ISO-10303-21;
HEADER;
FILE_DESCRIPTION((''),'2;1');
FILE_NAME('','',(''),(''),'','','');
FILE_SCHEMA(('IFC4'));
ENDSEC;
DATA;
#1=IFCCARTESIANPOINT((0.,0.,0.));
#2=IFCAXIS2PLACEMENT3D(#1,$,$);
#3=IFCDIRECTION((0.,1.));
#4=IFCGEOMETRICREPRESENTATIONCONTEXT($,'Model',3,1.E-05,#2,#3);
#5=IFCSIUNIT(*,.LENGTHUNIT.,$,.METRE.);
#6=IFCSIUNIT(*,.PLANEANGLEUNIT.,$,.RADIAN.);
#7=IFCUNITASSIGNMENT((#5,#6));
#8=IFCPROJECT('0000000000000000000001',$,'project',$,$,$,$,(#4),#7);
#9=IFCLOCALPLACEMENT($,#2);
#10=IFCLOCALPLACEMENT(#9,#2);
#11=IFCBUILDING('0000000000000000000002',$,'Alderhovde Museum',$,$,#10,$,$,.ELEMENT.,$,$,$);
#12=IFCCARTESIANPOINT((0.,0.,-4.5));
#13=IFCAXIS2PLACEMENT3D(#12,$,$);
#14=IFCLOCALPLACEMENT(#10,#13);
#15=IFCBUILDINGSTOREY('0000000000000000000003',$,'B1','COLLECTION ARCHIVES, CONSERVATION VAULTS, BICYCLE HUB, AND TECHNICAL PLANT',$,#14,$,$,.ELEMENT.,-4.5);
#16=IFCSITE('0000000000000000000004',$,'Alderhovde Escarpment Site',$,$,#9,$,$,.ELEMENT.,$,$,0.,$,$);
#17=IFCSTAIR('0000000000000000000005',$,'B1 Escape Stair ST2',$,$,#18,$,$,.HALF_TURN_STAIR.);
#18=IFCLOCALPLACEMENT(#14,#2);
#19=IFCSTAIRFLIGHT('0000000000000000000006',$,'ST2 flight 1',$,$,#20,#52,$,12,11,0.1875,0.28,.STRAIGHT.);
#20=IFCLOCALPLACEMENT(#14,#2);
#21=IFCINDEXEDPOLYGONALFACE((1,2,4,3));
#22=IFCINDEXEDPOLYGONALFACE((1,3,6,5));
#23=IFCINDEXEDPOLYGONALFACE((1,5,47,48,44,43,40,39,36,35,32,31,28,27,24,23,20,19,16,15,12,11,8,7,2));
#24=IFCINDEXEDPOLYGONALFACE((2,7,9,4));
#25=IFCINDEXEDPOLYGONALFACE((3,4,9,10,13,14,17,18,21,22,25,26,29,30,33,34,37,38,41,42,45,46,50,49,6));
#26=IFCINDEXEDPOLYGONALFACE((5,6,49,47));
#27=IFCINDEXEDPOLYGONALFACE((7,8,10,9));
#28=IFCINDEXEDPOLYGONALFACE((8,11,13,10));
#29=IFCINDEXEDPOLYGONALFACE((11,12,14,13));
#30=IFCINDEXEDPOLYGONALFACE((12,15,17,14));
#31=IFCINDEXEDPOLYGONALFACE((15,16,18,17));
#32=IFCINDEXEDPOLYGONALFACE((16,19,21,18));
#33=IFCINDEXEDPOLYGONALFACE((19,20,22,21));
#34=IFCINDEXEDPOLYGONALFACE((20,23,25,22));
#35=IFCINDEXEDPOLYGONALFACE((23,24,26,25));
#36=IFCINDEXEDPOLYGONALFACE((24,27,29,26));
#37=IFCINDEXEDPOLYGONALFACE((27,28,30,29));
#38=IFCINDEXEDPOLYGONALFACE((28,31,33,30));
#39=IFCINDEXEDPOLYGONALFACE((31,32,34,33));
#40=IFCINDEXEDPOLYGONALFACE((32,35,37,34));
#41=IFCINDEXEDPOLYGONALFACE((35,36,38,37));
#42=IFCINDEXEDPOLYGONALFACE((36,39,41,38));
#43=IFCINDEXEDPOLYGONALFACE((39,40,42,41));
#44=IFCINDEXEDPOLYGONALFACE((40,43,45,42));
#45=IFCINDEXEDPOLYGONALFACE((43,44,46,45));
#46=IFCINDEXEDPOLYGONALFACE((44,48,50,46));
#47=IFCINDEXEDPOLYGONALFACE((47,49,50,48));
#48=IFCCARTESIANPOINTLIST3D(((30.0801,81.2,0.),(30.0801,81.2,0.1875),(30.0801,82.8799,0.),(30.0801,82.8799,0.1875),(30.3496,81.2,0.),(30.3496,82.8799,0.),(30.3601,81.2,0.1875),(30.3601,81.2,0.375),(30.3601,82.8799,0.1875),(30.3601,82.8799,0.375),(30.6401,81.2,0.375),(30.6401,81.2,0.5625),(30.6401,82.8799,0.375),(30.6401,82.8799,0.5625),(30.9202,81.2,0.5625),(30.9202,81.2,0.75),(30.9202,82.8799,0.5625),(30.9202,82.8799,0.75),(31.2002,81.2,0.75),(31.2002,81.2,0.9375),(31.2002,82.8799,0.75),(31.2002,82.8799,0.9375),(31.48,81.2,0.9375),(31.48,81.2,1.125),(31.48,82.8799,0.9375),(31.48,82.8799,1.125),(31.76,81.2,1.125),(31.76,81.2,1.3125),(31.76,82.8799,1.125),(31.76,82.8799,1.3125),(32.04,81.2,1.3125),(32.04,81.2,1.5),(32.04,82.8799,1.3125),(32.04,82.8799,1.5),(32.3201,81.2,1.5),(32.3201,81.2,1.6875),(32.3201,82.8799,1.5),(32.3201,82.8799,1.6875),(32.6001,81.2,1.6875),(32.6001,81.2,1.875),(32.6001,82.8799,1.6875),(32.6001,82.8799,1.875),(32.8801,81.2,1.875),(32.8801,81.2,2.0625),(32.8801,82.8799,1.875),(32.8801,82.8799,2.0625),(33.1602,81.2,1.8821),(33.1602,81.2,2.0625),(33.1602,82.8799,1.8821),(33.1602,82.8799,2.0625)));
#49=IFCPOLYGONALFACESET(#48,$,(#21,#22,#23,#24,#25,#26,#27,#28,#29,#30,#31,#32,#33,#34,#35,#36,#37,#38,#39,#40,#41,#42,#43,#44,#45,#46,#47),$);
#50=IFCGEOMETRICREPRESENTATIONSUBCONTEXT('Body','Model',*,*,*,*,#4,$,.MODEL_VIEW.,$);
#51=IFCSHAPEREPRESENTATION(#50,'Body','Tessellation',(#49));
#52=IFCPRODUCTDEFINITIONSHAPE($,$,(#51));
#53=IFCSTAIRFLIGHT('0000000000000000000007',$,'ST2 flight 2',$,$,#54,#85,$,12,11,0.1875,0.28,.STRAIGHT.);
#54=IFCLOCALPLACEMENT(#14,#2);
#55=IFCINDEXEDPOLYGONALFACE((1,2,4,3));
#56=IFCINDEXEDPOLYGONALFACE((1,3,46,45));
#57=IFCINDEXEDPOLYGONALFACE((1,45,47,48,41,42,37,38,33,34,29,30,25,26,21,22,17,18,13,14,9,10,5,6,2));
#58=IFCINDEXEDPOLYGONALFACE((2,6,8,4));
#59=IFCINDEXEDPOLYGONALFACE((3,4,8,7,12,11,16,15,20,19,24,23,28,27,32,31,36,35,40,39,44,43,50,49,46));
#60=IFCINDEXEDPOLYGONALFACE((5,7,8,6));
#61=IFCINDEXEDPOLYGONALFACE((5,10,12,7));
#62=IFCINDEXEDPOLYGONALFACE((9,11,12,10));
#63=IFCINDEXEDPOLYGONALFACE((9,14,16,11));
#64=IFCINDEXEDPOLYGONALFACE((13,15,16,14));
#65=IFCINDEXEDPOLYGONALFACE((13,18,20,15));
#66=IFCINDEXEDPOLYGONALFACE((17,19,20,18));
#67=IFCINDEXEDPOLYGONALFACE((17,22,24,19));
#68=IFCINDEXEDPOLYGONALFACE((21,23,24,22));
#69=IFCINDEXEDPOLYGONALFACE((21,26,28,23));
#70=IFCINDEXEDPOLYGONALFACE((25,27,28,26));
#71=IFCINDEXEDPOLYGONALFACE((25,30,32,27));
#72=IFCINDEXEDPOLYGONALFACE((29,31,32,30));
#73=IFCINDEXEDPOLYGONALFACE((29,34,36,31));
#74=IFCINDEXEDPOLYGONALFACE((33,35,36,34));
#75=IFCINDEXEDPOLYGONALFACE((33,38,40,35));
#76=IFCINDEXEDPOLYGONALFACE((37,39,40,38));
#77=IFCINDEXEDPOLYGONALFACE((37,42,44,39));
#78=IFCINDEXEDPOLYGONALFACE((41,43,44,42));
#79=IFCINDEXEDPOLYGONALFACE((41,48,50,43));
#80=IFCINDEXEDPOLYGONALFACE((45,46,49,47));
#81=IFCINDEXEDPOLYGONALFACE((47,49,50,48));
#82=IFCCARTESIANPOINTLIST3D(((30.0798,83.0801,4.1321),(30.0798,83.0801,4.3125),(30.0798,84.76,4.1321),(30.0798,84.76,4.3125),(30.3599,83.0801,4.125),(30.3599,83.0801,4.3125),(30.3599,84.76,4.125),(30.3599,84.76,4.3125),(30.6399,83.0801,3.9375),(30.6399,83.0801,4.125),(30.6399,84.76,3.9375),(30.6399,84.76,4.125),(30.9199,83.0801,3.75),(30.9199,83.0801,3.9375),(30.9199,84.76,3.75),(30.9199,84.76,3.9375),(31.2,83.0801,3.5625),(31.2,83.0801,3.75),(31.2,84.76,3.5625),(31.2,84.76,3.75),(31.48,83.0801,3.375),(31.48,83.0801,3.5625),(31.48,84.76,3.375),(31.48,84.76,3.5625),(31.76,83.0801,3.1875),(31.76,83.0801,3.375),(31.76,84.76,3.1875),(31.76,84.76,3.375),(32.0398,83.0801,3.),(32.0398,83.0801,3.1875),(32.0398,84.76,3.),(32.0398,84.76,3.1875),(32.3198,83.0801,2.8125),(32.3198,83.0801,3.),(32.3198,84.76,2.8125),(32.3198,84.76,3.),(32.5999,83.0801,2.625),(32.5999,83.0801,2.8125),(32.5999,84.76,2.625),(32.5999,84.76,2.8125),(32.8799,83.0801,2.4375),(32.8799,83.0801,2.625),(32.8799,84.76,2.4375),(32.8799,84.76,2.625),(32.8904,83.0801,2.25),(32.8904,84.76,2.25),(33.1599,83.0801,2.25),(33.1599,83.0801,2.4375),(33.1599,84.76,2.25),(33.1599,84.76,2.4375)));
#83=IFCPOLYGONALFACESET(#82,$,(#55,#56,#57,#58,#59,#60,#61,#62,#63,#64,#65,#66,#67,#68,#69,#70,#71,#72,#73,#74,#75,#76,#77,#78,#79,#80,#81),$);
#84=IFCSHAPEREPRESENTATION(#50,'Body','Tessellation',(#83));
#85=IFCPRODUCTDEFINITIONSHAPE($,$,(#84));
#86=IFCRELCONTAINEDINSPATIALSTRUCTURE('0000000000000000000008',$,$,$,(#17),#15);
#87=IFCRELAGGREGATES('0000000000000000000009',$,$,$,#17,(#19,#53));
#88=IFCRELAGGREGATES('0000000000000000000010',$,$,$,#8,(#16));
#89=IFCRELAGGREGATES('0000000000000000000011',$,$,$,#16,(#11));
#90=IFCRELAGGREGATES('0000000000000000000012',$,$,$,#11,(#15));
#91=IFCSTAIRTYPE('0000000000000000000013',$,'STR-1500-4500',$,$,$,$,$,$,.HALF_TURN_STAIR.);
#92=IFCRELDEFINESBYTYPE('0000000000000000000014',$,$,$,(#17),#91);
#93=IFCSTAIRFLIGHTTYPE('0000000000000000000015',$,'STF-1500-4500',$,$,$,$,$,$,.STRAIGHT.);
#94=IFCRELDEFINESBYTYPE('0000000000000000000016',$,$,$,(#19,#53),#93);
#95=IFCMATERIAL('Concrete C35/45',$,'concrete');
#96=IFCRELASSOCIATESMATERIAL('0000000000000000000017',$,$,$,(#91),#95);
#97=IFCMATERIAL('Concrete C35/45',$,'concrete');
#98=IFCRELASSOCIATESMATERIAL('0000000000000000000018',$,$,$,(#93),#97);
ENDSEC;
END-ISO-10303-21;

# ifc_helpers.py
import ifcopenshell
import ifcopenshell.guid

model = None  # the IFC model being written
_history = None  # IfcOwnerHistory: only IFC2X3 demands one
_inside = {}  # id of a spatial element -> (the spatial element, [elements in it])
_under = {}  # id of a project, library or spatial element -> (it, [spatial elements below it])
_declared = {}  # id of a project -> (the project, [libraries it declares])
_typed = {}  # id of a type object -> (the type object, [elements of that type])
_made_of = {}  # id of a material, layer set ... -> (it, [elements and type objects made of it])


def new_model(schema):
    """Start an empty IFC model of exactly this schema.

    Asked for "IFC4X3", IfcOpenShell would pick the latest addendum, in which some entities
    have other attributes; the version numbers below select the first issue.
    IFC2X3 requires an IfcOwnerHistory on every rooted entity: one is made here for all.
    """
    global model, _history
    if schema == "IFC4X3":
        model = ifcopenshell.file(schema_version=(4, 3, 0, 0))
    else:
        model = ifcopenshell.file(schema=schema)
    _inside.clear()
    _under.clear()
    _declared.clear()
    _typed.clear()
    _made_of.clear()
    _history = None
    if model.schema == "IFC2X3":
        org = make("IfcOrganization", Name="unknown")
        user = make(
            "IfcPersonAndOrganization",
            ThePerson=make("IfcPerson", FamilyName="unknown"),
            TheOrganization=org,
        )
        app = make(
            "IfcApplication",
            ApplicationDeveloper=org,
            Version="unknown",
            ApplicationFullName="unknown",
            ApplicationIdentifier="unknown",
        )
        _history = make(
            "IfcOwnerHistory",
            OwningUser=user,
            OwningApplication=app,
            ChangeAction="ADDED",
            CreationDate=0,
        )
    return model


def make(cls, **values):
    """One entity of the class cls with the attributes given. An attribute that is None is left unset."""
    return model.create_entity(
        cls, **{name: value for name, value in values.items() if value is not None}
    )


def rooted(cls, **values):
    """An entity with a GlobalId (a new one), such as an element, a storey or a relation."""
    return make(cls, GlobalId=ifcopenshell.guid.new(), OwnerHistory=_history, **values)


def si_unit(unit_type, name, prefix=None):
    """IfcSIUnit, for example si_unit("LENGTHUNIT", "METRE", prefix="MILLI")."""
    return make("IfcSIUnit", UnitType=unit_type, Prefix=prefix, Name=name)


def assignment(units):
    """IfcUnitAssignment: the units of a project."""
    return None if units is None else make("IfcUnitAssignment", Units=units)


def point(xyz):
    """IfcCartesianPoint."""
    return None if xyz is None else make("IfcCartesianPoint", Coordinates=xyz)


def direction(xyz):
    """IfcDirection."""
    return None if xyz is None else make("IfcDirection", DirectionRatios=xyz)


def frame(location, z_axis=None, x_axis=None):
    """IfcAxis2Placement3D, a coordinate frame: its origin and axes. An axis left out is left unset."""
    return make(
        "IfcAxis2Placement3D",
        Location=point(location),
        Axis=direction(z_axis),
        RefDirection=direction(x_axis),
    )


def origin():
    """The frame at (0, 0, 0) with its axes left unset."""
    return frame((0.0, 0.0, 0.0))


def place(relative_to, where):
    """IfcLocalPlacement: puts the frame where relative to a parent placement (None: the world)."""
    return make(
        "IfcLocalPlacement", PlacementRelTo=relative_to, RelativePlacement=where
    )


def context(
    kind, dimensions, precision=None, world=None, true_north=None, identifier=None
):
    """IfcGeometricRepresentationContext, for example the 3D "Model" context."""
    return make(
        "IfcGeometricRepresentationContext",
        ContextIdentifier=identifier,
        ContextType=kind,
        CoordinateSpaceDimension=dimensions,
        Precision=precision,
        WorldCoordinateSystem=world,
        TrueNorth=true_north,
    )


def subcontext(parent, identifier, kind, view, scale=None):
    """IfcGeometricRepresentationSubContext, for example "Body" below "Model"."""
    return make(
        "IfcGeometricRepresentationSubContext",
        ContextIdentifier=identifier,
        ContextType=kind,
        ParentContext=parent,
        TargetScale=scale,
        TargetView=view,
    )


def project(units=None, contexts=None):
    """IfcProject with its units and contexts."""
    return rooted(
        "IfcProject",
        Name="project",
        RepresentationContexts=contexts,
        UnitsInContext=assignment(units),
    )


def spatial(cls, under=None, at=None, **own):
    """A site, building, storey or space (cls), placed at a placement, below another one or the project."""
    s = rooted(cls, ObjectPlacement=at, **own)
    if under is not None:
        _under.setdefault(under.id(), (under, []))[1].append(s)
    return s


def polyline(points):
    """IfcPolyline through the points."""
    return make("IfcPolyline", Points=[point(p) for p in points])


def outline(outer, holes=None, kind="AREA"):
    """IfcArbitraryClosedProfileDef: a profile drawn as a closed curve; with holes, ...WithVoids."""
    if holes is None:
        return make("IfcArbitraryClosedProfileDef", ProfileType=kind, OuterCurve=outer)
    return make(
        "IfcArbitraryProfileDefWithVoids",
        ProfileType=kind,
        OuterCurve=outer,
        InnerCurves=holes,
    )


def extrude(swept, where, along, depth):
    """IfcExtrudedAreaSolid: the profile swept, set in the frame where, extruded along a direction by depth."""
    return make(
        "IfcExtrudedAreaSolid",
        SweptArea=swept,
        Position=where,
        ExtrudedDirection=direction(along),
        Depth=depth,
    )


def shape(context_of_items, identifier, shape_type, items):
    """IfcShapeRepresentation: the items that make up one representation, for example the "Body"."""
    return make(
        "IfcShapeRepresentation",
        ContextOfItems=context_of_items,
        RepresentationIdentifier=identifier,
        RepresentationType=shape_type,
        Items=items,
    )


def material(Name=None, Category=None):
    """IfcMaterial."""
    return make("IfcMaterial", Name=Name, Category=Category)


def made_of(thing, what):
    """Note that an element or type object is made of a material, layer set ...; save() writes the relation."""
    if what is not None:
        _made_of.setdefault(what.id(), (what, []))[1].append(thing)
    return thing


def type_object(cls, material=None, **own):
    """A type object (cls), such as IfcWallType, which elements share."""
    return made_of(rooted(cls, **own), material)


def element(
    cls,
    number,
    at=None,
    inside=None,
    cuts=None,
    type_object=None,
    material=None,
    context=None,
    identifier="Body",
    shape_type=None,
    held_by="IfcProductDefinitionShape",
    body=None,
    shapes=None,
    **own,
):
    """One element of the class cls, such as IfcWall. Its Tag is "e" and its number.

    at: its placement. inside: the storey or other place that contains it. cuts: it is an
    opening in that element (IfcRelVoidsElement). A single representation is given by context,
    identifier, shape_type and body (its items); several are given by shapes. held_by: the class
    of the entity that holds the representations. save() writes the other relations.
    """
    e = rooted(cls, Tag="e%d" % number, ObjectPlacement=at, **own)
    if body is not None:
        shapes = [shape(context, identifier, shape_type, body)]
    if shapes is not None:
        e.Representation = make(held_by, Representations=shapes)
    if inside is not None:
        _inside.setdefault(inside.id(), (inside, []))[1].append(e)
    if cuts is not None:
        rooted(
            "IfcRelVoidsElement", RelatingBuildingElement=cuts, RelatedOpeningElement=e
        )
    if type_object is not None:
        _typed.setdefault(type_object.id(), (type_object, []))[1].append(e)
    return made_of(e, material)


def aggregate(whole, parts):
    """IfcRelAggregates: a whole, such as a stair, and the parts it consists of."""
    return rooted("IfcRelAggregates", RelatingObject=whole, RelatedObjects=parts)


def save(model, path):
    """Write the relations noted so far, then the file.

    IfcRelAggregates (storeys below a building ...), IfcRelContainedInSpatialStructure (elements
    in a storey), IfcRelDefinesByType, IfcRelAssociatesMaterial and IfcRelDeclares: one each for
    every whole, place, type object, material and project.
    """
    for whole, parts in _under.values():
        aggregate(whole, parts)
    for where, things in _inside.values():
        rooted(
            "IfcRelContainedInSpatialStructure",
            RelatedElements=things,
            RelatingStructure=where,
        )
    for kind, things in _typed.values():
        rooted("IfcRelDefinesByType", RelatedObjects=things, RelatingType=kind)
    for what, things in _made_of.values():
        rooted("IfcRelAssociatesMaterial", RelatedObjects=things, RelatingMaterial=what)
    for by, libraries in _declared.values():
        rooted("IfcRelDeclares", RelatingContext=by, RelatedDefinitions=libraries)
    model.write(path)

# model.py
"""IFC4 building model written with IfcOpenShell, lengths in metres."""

from ifc_helpers import new_model, si_unit, direction, frame, origin, place, context, subcontext, project, spatial, polyline, outline, extrude, material, type_object, element, aggregate, save


model = new_model("IFC4")

# Units and contexts
model_context = context("Model", 3, precision=1e-05, world=origin(), true_north=direction((0.0, 1.0)))
body_context = subcontext(model_context, "Body", "Model", "MODEL_VIEW")
ifc_project = project(units=[si_unit("LENGTHUNIT", "METRE"), si_unit("PLANEANGLEUNIT", "RADIAN")], contexts=[model_context])

# Site, building, storey
site_placement = place(None, origin())
site = spatial("IfcSite", under=ifc_project, at=site_placement, Name="Alderhovde Escarpment Site", CompositionType="ELEMENT", RefElevation=0.0)
building_placement = place(site_placement, origin())
building = spatial("IfcBuilding", under=site, at=building_placement, Name="Alderhovde Museum", CompositionType="ELEMENT")
storey_placement = place(building_placement, frame((0.0, 0.0, -4.5)))
storey = spatial("IfcBuildingStorey", under=building, at=storey_placement, Name="B1", Description="COLLECTION ARCHIVES, CONSERVATION VAULTS, BICYCLE HUB, AND TECHNICAL PLANT", CompositionType="ELEMENT", Elevation=-4.5)

# Stair, stair flights
ifc_material_1 = material(Name="Concrete C35/45", Category="concrete")
stair_type = type_object("IfcStairType", Name="STR-1500-4500", PredefinedType="HALF_TURN_STAIR", material=ifc_material_1)
stair_placement = place(storey_placement, origin())
stair = element("IfcStair", 1, at=stair_placement, inside=storey, type_object=stair_type, Name="B1 Escape Stair ST2", PredefinedType="HALF_TURN_STAIR")
ifc_material_2 = material(Name="Concrete C35/45", Category="concrete")
stair_flight_type = type_object("IfcStairFlightType", Name="STF-1500-4500", PredefinedType="STRAIGHT", material=ifc_material_2)
stair_flight_1_placement = place(storey_placement, frame((30.0801, 82.04, 0.0), z_axis=(0.0, 0.0, 1.0), x_axis=(1.0, 0.0, 0.0)))
stair_flight_1 = element("IfcStairFlight", 2, at=stair_flight_1_placement, type_object=stair_flight_type, Name="ST2 flight 1", NumberOfRisers=12, NumberOfTreads=11, PredefinedType="STRAIGHT", RiserHeight=0.1875, TreadLength=0.28, context=body_context, shape_type="SweptSolid", body=[
    extrude(outline(polyline([(0.0, 0.0), (0.0, 0.1875), (0.28, 0.1875), (0.28, 0.375), (0.5601, 0.375), (0.5601, 0.5625), (0.8401, 0.5625), (0.8401, 0.75), (1.1201, 0.75), (1.1201, 0.9375), (1.3999, 0.9375), (1.3999, 1.125), (1.6799, 1.125), (1.6799, 1.3125), (1.96, 1.3125), (1.96, 1.5), (2.24, 1.5), (2.24, 1.6875), (2.52, 1.6875), (2.52, 1.875), (2.8, 1.875), (2.8, 2.0625), (3.0801, 2.0625), (3.0801, 2.25), (3.0801, 1.8821), (0.2695, 0.0), (0.0, 0.0)])), frame((0.0, 0.8398, 0.0), z_axis=(0.0, -1.0, 0.0), x_axis=(1.0, 0.0, 0.0)), (0.0, 0.0, 1.0), 1.6799),
])
stair_flight_2_placement = place(storey_placement, frame((33.1599, 83.9199, 2.25), z_axis=(0.0, 0.0, 1.0), x_axis=(-1.0, 0.0, 0.0)))
stair_flight_2 = element("IfcStairFlight", 3, at=stair_flight_2_placement, type_object=stair_flight_type, Name="ST2 flight 2", NumberOfRisers=12, NumberOfTreads=11, PredefinedType="STRAIGHT", RiserHeight=0.1875, TreadLength=0.28, context=body_context, shape_type="SweptSolid", body=[
    extrude(outline(polyline([(0.0, 0.0), (0.0, 0.1875), (0.28, 0.1875), (0.28, 0.375), (0.5601, 0.375), (0.5601, 0.5625), (0.8401, 0.5625), (0.8401, 0.75), (1.1201, 0.75), (1.1201, 0.9375), (1.3999, 0.9375), (1.3999, 1.125), (1.6799, 1.125), (1.6799, 1.3125), (1.96, 1.3125), (1.96, 1.5), (2.24, 1.5), (2.24, 1.6875), (2.52, 1.6875), (2.52, 1.875), (2.8, 1.875), (2.8, 2.0625), (3.0801, 2.0625), (3.0801, 2.25), (3.0801, 1.8821), (0.2695, 0.0), (0.0, 0.0)])), frame((0.0, 0.8398, 0.0), z_axis=(0.0, -1.0, 0.0), x_axis=(1.0, 0.0, 0.0)), (0.0, 0.0, 1.0), 1.6799),
])
aggregate(stair, [stair_flight_1, stair_flight_2])

save(model, "model.ifc")
